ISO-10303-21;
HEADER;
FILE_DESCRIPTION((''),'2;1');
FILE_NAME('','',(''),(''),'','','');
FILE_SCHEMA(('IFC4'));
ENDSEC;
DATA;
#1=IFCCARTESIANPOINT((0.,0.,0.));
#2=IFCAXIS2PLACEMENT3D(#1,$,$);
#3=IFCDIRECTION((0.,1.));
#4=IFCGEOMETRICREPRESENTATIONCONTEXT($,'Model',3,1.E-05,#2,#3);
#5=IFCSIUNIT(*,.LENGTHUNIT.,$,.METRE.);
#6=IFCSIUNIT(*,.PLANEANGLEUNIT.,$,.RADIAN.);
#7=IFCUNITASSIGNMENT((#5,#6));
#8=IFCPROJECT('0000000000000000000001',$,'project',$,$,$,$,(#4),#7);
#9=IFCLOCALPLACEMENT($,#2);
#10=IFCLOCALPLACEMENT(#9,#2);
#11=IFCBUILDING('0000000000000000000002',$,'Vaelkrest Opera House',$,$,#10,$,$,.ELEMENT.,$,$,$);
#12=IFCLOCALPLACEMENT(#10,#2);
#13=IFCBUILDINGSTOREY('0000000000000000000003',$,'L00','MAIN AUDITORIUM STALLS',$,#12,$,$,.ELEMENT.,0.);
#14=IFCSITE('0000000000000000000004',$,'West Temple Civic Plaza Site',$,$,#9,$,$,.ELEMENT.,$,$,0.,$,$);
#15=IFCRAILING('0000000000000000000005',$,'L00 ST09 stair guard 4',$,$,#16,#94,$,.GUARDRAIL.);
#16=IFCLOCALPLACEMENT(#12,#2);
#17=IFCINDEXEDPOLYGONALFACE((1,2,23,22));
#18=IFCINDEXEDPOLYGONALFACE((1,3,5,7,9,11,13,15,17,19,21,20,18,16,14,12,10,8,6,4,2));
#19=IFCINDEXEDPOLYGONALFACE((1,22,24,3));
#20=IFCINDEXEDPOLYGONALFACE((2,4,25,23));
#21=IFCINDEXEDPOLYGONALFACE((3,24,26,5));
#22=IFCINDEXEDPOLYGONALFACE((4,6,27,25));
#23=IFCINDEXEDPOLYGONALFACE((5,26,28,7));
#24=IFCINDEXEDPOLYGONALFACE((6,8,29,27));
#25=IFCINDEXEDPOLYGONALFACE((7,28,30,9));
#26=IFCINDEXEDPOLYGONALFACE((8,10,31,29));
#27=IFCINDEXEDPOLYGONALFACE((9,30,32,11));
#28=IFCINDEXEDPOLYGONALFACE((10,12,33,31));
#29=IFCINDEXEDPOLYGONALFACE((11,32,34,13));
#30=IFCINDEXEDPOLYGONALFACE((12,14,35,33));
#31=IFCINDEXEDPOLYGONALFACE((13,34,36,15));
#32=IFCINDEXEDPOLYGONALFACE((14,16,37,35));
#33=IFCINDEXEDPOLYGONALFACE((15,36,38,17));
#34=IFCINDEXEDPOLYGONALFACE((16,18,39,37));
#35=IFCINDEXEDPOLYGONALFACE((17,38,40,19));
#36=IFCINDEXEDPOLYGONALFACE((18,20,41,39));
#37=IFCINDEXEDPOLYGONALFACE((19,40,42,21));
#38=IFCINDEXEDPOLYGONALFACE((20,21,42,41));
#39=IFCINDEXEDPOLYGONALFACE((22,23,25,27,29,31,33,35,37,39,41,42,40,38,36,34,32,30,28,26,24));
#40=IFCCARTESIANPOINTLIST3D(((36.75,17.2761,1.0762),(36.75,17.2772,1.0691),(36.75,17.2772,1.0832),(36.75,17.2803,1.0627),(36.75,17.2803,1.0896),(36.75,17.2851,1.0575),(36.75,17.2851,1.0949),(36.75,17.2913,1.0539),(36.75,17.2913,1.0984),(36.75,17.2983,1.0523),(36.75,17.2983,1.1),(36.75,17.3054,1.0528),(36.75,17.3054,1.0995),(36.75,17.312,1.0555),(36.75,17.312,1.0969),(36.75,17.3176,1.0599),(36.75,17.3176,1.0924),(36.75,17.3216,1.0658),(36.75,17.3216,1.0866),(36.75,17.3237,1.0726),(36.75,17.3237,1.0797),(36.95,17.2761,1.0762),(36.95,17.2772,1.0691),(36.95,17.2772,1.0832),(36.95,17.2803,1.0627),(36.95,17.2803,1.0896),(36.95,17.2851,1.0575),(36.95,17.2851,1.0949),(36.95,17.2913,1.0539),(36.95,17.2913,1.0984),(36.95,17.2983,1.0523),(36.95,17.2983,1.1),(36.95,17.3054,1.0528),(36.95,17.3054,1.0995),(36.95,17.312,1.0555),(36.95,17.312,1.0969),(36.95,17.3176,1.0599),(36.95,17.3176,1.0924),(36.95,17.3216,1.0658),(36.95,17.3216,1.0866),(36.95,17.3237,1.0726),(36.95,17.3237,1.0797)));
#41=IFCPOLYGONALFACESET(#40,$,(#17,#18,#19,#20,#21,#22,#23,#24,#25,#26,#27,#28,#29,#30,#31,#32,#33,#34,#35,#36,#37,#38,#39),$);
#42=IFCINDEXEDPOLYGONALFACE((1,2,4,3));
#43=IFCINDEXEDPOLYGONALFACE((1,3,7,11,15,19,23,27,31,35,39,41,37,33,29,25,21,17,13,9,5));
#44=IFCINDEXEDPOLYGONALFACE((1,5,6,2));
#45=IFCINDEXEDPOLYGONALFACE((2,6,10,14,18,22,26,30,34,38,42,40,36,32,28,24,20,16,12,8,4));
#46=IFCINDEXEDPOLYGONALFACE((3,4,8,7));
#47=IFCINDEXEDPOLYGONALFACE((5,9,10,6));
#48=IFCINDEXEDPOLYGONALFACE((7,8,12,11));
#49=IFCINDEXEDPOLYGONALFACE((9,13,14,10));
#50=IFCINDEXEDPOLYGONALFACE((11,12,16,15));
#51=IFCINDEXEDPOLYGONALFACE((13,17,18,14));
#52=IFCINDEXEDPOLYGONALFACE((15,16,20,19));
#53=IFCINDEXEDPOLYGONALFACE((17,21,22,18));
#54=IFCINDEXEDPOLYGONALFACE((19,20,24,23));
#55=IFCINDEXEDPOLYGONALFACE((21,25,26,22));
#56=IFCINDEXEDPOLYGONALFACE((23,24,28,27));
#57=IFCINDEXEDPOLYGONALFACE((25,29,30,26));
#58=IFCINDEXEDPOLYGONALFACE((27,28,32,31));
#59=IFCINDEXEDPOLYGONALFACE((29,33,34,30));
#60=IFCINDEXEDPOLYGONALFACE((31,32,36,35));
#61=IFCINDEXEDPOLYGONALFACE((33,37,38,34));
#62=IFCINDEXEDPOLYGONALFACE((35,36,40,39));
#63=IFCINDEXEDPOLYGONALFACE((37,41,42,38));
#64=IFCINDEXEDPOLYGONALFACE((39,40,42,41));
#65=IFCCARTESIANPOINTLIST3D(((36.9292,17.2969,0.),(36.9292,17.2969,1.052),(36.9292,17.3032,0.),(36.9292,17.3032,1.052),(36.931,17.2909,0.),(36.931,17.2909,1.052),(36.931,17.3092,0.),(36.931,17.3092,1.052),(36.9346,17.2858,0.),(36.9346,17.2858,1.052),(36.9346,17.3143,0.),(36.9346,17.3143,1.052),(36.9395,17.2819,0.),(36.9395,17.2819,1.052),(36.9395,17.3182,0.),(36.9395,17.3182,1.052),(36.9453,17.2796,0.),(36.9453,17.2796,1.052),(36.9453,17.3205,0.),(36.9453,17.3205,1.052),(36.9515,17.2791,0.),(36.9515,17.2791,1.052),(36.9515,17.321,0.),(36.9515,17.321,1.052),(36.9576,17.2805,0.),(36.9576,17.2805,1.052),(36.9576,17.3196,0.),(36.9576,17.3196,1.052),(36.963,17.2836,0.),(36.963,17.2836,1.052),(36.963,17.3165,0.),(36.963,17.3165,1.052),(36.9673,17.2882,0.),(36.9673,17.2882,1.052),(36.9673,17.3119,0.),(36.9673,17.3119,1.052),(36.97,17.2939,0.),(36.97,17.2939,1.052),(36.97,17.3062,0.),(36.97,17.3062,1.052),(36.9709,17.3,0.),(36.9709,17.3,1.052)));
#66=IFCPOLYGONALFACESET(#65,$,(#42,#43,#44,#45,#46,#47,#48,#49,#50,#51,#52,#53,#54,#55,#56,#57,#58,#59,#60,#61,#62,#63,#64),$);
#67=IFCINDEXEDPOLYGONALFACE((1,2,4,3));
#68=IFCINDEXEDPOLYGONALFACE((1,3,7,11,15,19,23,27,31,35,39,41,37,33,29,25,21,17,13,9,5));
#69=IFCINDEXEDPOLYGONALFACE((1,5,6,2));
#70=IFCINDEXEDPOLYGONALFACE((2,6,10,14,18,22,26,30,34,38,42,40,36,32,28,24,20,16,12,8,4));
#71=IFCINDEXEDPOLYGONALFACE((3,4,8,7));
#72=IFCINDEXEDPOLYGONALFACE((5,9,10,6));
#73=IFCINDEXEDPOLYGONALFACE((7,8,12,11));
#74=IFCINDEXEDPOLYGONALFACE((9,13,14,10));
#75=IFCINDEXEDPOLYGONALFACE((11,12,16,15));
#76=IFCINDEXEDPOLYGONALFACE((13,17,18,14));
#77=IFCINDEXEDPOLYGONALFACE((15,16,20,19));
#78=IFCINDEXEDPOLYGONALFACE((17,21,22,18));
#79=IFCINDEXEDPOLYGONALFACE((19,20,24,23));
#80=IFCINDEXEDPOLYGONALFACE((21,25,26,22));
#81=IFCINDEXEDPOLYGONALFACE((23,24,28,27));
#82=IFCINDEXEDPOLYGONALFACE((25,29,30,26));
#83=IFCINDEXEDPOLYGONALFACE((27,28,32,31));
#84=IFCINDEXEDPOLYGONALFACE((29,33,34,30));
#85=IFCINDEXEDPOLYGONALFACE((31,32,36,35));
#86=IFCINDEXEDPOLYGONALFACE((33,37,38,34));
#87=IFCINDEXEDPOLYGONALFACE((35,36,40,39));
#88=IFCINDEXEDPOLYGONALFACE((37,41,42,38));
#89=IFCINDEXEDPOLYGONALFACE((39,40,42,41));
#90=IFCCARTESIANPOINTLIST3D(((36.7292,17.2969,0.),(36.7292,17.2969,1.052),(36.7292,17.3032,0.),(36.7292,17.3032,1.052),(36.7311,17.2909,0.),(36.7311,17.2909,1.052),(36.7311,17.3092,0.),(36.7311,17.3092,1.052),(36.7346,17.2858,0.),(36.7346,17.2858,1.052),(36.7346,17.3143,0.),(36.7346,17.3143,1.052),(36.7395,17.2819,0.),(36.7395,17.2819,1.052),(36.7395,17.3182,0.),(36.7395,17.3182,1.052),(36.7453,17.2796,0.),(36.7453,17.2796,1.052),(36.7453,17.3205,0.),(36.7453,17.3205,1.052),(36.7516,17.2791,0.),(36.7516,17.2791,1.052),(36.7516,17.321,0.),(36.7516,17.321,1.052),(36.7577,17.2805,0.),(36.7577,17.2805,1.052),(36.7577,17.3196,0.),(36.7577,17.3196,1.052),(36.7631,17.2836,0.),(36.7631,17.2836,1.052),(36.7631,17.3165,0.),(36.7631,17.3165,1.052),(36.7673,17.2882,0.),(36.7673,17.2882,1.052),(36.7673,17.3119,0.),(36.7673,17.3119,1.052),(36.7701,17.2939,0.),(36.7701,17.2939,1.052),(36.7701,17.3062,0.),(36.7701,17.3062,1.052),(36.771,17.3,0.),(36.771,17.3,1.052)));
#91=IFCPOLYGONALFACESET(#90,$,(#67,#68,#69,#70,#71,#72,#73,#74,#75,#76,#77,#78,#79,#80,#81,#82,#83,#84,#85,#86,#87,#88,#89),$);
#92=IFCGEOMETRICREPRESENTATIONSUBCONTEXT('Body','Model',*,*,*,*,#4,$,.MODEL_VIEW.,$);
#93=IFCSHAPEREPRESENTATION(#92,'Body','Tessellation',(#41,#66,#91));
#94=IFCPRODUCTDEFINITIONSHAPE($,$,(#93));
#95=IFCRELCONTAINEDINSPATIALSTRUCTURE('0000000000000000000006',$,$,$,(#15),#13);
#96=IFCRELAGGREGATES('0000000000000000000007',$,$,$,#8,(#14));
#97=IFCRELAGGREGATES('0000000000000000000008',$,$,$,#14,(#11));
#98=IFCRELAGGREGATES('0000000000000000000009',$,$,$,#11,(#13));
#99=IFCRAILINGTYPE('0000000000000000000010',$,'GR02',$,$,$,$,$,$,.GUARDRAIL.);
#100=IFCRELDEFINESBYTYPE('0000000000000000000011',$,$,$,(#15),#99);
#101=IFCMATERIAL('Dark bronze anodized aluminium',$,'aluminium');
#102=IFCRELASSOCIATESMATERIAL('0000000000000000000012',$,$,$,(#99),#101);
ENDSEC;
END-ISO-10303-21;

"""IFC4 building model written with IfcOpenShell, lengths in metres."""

from ifc_helpers import new_model, si_unit, direction, frame, origin, origin_2d, place, context, subcontext, project, spatial, circle, extrude, material, type_object, element, save


model = new_model("IFC4")

# Units and contexts
model_context = context("Model", 3, precision=1e-05, world=origin(), true_north=direction((0.0, 1.0)))
body_context = subcontext(model_context, "Body", "Model", "MODEL_VIEW")
ifc_project = project(units=[si_unit("LENGTHUNIT", "METRE"), si_unit("PLANEANGLEUNIT", "RADIAN")], contexts=[model_context])

# Site, building, storey
site_placement = place(None, origin())
site = spatial("IfcSite", under=ifc_project, at=site_placement, Name="West Temple Civic Plaza Site", CompositionType="ELEMENT", RefElevation=0.0)
building_placement = place(site_placement, origin())
building = spatial("IfcBuilding", under=site, at=building_placement, Name="Vaelkrest Opera House", CompositionType="ELEMENT")
storey_placement = place(building_placement, origin())
storey = spatial("IfcBuildingStorey", under=building, at=storey_placement, Name="L00", Description="MAIN AUDITORIUM STALLS", CompositionType="ELEMENT", Elevation=0.0)

# Shared definitions
ifc_material_1 = material(Name="Dark bronze anodized aluminium", Category="aluminium")

# Railing
railing_type_1 = type_object("IfcRailingType", Name="GR02", PredefinedType="GUARDRAIL", material=ifc_material_1)
railing_1_placement = place(storey_placement, frame((36.95, 17.3, 0.0)))
element("IfcRailing", 1, at=railing_1_placement, inside=storey, type_object=railing_type_1, Name="L00 ST09 stair guard 4", PredefinedType="GUARDRAIL", context=body_context, shape_type="SweptSolid", body=[
    extrude(circle(Radius=0.0239, at=origin_2d()), frame((0.0, 0.0, 1.0762), z_axis=(-1.0, 0.0, 0.0), x_axis=(0.0, -1.0, 0.0)), (0.0, 0.0, 1.0), 0.2),
    extrude(circle(Radius=0.021, at=origin_2d()), origin(), (0.0, 0.0, 1.0), 1.052),
    extrude(circle(Radius=0.021, at=origin_2d()), frame((-0.2, 0.0, 0.0)), (0.0, 0.0, 1.0), 1.052),
])

save(model, "model.ifc")
